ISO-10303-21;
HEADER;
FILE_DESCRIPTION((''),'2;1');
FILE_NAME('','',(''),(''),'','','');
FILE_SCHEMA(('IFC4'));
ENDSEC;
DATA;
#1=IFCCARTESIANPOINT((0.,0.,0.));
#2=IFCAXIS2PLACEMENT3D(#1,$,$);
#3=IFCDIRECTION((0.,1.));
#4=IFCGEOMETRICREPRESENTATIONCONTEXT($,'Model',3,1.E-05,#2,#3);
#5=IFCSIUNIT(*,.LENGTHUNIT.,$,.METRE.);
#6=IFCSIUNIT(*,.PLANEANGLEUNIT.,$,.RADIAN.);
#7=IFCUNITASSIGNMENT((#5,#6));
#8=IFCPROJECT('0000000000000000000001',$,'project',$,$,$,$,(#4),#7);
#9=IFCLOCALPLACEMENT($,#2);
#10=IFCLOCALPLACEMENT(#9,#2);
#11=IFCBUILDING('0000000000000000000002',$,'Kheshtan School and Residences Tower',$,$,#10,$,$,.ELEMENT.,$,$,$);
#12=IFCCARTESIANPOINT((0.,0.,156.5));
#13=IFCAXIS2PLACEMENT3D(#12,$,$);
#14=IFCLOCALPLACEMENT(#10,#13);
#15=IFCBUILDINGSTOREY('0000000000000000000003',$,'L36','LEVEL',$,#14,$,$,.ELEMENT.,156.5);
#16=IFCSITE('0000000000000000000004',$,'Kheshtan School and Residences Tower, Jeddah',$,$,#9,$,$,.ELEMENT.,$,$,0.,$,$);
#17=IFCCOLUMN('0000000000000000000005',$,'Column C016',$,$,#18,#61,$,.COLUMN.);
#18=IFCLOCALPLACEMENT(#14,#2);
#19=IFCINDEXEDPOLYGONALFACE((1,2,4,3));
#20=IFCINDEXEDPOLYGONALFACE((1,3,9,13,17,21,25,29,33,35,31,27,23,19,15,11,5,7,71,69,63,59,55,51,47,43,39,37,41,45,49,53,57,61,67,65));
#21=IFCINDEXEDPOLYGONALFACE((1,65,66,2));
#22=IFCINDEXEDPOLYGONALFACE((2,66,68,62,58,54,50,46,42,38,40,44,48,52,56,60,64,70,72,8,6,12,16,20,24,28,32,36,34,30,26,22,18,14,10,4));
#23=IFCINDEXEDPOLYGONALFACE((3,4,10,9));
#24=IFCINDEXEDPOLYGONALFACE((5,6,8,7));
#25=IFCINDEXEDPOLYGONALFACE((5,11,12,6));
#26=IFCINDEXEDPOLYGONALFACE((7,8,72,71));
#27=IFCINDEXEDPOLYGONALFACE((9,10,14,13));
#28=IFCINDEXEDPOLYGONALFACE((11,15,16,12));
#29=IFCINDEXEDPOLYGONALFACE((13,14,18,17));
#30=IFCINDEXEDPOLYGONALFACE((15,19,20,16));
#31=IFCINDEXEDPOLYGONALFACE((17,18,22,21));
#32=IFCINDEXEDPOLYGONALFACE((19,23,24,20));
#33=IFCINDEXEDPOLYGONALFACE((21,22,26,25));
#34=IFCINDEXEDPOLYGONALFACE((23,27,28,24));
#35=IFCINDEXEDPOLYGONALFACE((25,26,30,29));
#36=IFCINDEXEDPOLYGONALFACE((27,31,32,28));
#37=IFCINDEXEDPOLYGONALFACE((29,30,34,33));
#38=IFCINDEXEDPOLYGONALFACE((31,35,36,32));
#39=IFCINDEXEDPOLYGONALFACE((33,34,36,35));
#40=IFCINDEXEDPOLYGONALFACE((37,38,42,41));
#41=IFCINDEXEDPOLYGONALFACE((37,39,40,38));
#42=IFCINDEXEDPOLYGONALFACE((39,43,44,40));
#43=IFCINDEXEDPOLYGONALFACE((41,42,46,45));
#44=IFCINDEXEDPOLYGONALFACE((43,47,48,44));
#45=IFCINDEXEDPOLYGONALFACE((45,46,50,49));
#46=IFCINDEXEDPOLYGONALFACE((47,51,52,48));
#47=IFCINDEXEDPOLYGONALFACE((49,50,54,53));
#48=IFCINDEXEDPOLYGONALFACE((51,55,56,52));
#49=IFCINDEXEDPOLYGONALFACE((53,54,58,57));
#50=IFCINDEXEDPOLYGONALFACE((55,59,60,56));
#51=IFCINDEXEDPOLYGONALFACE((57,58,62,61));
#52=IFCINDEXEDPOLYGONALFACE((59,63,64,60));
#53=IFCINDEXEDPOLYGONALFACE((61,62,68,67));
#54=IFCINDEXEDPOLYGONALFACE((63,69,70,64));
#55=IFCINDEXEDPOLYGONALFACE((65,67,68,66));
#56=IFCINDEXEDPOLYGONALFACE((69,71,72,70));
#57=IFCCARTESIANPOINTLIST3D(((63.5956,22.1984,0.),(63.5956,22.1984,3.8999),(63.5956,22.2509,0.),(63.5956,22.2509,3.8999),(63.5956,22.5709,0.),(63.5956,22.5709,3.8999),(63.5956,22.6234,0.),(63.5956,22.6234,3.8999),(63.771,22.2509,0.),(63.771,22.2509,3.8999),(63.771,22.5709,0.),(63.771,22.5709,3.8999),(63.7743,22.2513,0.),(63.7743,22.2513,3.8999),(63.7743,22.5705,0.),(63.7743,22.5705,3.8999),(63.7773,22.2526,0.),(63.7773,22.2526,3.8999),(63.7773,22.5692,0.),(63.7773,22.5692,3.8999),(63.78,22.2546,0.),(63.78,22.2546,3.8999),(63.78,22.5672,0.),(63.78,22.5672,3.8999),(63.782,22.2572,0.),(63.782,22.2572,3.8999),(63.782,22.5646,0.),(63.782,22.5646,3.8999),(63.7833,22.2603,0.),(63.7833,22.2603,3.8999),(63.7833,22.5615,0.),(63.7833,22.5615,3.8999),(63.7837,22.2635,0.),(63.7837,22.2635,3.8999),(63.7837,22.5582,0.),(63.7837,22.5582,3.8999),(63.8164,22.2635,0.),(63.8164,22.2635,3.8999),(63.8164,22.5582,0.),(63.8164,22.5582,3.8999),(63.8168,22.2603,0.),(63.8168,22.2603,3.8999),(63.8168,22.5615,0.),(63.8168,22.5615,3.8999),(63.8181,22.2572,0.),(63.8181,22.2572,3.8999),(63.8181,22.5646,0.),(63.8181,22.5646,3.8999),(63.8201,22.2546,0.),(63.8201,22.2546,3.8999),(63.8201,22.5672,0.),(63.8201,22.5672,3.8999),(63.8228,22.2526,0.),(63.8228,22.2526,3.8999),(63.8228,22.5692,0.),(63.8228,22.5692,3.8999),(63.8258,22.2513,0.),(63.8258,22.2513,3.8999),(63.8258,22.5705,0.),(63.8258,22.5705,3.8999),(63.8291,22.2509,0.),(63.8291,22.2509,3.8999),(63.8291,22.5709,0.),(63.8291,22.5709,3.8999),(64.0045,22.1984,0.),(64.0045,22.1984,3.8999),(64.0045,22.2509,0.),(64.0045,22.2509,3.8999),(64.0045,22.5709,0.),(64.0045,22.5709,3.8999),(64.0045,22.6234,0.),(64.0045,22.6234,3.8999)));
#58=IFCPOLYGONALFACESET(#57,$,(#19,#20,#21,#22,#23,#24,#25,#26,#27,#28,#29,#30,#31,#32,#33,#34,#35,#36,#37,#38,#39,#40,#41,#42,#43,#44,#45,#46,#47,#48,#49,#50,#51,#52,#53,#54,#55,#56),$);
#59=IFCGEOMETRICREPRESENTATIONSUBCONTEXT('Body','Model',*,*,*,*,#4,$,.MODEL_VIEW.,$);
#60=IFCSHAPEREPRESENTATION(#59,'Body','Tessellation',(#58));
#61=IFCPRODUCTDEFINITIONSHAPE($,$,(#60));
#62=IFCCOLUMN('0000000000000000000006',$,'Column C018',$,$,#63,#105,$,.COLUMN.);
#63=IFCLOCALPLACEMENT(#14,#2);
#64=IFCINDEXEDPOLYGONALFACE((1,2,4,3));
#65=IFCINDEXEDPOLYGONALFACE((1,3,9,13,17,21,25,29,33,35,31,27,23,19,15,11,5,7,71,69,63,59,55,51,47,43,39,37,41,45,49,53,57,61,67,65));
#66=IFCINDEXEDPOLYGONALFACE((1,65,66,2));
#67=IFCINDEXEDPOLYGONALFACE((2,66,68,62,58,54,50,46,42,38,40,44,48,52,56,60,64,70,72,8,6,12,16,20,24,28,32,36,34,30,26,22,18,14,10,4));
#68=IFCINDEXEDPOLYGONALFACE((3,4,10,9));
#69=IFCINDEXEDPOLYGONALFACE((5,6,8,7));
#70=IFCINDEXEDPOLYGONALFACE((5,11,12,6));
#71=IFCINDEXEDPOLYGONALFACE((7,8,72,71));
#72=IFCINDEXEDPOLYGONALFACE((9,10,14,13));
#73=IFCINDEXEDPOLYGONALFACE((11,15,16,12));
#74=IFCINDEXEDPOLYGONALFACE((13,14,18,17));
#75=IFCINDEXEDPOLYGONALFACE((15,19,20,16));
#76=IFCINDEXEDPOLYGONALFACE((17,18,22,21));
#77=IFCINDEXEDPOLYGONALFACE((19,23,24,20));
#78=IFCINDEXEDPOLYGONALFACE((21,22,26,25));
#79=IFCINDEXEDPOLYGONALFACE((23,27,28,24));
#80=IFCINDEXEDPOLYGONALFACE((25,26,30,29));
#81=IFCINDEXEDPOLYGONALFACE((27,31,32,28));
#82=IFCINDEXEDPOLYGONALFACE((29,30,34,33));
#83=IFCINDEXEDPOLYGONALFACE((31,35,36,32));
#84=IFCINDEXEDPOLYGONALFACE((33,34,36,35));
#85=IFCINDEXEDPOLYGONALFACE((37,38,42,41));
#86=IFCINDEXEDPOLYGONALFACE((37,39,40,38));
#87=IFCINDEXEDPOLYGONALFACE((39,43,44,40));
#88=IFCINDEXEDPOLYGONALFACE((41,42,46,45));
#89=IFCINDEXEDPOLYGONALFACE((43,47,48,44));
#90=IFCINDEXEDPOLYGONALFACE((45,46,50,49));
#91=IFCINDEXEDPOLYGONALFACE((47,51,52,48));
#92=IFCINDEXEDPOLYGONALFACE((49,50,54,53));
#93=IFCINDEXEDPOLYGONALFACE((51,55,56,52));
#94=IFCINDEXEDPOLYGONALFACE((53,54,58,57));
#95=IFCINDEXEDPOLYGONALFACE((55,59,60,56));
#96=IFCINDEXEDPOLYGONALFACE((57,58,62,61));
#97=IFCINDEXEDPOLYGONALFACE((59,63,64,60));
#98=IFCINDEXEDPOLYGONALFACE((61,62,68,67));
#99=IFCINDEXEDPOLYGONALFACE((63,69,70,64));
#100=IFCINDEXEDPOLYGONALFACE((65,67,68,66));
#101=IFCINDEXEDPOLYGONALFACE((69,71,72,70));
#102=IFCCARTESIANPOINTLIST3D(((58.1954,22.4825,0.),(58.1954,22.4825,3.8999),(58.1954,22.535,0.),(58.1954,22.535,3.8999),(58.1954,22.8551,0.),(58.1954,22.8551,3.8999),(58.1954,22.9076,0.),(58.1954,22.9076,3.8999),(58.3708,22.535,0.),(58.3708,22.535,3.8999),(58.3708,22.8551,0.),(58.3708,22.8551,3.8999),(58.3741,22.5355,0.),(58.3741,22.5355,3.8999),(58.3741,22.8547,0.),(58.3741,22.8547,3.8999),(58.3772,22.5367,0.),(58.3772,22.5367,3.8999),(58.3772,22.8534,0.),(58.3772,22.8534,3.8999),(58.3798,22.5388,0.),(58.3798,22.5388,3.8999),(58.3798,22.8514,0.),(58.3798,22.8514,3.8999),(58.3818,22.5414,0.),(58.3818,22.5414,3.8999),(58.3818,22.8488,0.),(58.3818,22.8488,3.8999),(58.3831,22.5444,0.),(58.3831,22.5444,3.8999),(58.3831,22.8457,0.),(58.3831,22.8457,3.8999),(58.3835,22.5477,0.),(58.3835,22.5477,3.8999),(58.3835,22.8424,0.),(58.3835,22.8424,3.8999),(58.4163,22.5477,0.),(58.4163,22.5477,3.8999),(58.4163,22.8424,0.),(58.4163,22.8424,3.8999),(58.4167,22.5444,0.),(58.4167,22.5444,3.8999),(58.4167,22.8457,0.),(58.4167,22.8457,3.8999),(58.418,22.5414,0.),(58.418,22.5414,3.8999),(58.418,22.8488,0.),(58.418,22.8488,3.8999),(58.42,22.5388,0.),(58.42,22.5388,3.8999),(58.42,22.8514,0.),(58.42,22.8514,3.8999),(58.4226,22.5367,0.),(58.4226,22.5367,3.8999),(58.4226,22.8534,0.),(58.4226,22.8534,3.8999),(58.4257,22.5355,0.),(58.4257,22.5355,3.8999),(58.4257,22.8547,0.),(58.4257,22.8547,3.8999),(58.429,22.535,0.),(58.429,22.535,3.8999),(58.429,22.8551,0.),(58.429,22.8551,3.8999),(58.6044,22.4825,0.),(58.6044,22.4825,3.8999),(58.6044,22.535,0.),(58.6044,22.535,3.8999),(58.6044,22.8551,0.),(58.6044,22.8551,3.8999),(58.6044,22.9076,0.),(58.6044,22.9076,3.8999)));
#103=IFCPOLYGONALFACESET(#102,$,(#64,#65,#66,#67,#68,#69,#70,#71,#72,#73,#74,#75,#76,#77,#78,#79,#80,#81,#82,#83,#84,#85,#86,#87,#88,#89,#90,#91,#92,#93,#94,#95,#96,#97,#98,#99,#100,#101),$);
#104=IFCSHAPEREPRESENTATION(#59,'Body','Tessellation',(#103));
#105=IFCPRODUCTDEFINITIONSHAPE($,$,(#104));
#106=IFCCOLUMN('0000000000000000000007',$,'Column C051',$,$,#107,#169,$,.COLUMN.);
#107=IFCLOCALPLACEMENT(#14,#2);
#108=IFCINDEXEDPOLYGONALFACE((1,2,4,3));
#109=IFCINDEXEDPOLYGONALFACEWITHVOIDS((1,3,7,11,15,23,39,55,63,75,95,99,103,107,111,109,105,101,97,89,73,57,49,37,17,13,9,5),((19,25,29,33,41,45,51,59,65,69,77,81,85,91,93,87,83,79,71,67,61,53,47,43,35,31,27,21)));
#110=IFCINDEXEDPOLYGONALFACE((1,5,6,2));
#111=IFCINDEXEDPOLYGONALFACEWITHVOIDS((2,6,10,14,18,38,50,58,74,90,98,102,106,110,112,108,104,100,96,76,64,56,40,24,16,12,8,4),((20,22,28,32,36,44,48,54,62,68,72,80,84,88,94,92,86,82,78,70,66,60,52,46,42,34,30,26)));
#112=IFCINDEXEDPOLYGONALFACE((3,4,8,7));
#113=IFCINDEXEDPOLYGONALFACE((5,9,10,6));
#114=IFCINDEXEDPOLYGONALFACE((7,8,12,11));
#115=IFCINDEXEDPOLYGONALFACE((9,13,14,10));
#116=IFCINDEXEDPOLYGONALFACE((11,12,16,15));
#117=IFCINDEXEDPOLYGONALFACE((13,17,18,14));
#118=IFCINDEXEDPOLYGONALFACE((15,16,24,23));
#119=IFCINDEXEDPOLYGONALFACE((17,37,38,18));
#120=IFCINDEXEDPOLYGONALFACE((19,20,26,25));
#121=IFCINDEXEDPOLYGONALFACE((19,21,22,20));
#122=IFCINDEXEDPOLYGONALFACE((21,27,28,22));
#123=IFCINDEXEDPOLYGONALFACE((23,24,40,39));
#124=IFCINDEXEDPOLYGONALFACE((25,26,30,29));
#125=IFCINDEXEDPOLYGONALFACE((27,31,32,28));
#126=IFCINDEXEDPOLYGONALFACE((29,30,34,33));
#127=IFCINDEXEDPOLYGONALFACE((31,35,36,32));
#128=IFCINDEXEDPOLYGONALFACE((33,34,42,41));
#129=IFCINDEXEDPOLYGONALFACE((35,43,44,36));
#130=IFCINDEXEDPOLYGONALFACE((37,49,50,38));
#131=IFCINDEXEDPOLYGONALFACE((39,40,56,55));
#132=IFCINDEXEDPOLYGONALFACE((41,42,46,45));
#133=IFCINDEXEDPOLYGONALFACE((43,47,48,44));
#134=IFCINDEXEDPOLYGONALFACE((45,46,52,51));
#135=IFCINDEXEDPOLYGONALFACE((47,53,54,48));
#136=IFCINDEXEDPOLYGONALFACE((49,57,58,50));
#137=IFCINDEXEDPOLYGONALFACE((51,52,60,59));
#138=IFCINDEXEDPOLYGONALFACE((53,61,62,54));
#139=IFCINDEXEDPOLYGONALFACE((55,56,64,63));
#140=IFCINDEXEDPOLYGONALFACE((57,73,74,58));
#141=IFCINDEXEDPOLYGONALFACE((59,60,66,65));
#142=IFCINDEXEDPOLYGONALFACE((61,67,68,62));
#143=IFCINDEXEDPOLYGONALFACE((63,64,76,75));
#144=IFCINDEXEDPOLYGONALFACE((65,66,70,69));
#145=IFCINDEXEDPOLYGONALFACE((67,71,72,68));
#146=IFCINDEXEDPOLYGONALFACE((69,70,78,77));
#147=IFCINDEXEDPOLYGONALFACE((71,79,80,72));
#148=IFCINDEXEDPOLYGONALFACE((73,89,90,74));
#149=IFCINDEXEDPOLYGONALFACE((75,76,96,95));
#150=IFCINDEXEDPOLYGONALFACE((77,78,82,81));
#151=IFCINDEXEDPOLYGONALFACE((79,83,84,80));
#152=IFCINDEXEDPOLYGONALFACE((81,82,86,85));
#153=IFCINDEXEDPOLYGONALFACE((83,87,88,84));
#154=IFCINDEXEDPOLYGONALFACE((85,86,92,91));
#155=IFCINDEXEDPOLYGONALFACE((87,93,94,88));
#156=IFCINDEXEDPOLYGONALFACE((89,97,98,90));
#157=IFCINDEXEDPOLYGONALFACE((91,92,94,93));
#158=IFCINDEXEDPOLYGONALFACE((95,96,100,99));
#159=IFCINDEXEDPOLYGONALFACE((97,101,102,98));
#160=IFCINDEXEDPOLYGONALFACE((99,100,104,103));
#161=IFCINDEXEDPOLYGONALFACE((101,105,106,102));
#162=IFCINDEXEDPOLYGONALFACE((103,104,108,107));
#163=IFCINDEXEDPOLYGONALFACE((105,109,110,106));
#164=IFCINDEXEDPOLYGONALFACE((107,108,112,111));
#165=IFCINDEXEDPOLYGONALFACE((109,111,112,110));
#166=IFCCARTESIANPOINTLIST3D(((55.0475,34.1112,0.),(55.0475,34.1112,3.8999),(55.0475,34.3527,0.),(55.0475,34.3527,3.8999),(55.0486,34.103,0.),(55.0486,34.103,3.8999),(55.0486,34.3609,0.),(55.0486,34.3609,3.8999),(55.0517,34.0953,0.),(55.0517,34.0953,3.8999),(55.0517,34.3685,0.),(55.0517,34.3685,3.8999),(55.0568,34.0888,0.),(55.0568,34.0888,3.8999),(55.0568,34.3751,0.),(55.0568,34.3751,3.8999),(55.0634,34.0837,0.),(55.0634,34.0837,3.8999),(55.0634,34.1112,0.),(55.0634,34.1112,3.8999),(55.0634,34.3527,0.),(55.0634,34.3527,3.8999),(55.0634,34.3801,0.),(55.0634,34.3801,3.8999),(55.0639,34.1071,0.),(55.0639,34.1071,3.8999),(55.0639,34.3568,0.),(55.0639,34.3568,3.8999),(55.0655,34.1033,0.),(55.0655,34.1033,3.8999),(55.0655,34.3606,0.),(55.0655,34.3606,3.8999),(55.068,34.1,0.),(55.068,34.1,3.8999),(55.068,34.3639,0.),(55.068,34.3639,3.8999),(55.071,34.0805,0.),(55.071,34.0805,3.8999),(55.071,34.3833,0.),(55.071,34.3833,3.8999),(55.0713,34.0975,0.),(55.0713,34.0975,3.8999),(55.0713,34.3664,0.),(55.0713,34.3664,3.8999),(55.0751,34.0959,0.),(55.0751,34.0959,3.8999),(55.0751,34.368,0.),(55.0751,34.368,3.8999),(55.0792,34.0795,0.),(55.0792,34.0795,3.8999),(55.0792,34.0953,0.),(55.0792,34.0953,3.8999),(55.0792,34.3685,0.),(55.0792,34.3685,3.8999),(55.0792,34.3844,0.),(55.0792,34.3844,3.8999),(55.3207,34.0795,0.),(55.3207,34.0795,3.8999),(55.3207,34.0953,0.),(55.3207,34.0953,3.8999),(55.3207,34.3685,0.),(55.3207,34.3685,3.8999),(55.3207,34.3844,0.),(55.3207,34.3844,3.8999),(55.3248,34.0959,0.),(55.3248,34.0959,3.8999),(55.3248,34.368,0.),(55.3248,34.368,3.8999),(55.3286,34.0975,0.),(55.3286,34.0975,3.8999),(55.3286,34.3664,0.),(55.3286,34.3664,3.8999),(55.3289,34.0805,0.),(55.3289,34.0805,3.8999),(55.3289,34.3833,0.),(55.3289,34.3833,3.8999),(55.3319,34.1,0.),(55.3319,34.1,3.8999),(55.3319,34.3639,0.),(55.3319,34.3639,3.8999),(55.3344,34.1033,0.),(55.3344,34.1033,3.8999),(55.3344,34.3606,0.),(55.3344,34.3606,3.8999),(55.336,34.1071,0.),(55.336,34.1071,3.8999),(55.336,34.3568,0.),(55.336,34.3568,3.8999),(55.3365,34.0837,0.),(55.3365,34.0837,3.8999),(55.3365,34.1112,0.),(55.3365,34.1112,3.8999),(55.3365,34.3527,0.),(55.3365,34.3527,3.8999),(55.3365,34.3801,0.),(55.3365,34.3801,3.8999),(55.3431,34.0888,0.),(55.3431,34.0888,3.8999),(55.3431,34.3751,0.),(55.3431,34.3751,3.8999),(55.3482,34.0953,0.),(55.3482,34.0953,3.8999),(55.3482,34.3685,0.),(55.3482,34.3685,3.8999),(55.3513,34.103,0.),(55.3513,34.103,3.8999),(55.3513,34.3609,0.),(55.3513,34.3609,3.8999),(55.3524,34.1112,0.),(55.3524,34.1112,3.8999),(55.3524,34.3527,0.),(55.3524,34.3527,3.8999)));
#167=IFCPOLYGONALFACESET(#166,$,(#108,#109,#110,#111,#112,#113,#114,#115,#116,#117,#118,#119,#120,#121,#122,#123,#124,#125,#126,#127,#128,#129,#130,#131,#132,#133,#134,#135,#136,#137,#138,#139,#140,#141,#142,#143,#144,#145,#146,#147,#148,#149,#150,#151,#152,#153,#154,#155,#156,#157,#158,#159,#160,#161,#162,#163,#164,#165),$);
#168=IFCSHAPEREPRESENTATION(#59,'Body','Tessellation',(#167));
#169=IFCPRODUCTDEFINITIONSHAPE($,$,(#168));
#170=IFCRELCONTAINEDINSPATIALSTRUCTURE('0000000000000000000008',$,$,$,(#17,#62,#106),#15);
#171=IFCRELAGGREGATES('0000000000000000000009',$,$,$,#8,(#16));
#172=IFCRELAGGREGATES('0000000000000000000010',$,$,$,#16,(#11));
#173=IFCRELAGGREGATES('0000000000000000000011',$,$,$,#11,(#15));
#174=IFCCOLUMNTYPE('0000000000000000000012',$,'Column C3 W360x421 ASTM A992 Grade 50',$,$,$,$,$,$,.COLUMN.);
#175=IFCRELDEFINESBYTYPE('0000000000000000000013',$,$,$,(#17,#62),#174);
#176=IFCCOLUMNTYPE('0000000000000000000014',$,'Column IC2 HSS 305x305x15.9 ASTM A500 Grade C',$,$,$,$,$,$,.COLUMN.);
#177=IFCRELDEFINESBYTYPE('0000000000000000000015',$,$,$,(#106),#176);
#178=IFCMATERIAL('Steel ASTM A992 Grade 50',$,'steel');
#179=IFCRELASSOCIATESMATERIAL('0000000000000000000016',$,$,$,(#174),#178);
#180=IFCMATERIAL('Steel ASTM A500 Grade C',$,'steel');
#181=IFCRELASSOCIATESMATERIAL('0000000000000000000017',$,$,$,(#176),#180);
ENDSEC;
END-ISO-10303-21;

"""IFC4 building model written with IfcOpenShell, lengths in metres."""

from ifc_helpers import new_model, si_unit, direction, frame, origin, origin_2d, place, context, subcontext, project, spatial, hollow_rectangle, i_section, extrude, material, material_profile, profile_set, type_object, element, save


model = new_model("IFC4")

# Units and contexts
model_context = context("Model", 3, precision=1e-05, world=origin(), true_north=direction((0.0, 1.0)))
body_context = subcontext(model_context, "Body", "Model", "MODEL_VIEW")
ifc_project = project(units=[si_unit("LENGTHUNIT", "METRE"), si_unit("PLANEANGLEUNIT", "RADIAN")], contexts=[model_context])

# Site, building, storey
site_placement = place(None, origin())
site = spatial("IfcSite", under=ifc_project, at=site_placement, Name="Kheshtan School and Residences Tower, Jeddah", CompositionType="ELEMENT", RefElevation=0.0)
building_placement = place(site_placement, origin())
building = spatial("IfcBuilding", under=site, at=building_placement, Name="Kheshtan School and Residences Tower", CompositionType="ELEMENT")
storey_placement = place(building_placement, frame((0.0, 0.0, 156.5)))
storey = spatial("IfcBuildingStorey", under=building, at=storey_placement, Name="L36", Description="LEVEL", CompositionType="ELEMENT", Elevation=156.5)

# Columns
ifc_material_1 = material(Name="Steel ASTM A992 Grade 50", Category="steel")
ifc_material_profile_1 = material_profile(ifc_material_1, i_section(OverallWidth=0.4089, OverallDepth=0.425, WebThickness=0.0327, FlangeThickness=0.0525, FilletRadius=0.0127, at=origin_2d()), Name="W360x421")
ifc_profile_set_1 = profile_set([ifc_material_profile_1], Name="Steel ASTM A992 Grade 50")
column_type_1 = type_object("IfcColumnType", Name="Column C3 W360x421 ASTM A992 Grade 50", PredefinedType="COLUMN", material=ifc_profile_set_1)
for number, where, z_axis, x_axis, name in (
    (1, (63.8, 22.4109, 0.0), (0.0, 0.0, 1.0), (1.0, 0.0, 0.0), "Column C016"),
    (2, (58.3999, 22.6951, 0.0), (0.0, 0.0, 1.0), (1.0, 0.0, 0.0), "Column C018"),
):
    element("IfcColumn", number, at=place(storey_placement, frame(where, z_axis=z_axis, x_axis=x_axis)), inside=storey, type_object=column_type_1, Name=name, PredefinedType="COLUMN", context=body_context, shape_type="SweptSolid", body=[
        extrude(i_section(OverallWidth=0.4089, OverallDepth=0.425, WebThickness=0.0327, FlangeThickness=0.0525, FilletRadius=0.0127, at=origin_2d()), origin(), (0.0, 0.0, 1.0), 3.8999),
    ])
ifc_material_2 = material(Name="Steel ASTM A500 Grade C", Category="steel")
ifc_material_profile_2 = material_profile(ifc_material_2, hollow_rectangle(XDim=0.3049, YDim=0.3049, WallThickness=0.0159, InnerFilletRadius=0.0159, OuterFilletRadius=0.0317, at=origin_2d()), Name="HSS 305x305x15.9")
ifc_profile_set_2 = profile_set([ifc_material_profile_2], Name="Steel ASTM A500 Grade C")
column_type_2 = type_object("IfcColumnType", Name="Column IC2 HSS 305x305x15.9 ASTM A500 Grade C", PredefinedType="COLUMN", material=ifc_profile_set_2)
column_placement = place(storey_placement, frame((55.2, 34.2319, 0.0), z_axis=(0.0, 0.0, 1.0), x_axis=(1.0, 0.0, 0.0)))
element("IfcColumn", 3, at=column_placement, inside=storey, type_object=column_type_2, Name="Column C051", PredefinedType="COLUMN", context=body_context, shape_type="SweptSolid", body=[
    extrude(hollow_rectangle(XDim=0.3049, YDim=0.3049, WallThickness=0.0159, InnerFilletRadius=0.0159, OuterFilletRadius=0.0317, at=origin_2d()), origin(), (0.0, 0.0, 1.0), 3.8999),
])

save(model, "model.ifc")
